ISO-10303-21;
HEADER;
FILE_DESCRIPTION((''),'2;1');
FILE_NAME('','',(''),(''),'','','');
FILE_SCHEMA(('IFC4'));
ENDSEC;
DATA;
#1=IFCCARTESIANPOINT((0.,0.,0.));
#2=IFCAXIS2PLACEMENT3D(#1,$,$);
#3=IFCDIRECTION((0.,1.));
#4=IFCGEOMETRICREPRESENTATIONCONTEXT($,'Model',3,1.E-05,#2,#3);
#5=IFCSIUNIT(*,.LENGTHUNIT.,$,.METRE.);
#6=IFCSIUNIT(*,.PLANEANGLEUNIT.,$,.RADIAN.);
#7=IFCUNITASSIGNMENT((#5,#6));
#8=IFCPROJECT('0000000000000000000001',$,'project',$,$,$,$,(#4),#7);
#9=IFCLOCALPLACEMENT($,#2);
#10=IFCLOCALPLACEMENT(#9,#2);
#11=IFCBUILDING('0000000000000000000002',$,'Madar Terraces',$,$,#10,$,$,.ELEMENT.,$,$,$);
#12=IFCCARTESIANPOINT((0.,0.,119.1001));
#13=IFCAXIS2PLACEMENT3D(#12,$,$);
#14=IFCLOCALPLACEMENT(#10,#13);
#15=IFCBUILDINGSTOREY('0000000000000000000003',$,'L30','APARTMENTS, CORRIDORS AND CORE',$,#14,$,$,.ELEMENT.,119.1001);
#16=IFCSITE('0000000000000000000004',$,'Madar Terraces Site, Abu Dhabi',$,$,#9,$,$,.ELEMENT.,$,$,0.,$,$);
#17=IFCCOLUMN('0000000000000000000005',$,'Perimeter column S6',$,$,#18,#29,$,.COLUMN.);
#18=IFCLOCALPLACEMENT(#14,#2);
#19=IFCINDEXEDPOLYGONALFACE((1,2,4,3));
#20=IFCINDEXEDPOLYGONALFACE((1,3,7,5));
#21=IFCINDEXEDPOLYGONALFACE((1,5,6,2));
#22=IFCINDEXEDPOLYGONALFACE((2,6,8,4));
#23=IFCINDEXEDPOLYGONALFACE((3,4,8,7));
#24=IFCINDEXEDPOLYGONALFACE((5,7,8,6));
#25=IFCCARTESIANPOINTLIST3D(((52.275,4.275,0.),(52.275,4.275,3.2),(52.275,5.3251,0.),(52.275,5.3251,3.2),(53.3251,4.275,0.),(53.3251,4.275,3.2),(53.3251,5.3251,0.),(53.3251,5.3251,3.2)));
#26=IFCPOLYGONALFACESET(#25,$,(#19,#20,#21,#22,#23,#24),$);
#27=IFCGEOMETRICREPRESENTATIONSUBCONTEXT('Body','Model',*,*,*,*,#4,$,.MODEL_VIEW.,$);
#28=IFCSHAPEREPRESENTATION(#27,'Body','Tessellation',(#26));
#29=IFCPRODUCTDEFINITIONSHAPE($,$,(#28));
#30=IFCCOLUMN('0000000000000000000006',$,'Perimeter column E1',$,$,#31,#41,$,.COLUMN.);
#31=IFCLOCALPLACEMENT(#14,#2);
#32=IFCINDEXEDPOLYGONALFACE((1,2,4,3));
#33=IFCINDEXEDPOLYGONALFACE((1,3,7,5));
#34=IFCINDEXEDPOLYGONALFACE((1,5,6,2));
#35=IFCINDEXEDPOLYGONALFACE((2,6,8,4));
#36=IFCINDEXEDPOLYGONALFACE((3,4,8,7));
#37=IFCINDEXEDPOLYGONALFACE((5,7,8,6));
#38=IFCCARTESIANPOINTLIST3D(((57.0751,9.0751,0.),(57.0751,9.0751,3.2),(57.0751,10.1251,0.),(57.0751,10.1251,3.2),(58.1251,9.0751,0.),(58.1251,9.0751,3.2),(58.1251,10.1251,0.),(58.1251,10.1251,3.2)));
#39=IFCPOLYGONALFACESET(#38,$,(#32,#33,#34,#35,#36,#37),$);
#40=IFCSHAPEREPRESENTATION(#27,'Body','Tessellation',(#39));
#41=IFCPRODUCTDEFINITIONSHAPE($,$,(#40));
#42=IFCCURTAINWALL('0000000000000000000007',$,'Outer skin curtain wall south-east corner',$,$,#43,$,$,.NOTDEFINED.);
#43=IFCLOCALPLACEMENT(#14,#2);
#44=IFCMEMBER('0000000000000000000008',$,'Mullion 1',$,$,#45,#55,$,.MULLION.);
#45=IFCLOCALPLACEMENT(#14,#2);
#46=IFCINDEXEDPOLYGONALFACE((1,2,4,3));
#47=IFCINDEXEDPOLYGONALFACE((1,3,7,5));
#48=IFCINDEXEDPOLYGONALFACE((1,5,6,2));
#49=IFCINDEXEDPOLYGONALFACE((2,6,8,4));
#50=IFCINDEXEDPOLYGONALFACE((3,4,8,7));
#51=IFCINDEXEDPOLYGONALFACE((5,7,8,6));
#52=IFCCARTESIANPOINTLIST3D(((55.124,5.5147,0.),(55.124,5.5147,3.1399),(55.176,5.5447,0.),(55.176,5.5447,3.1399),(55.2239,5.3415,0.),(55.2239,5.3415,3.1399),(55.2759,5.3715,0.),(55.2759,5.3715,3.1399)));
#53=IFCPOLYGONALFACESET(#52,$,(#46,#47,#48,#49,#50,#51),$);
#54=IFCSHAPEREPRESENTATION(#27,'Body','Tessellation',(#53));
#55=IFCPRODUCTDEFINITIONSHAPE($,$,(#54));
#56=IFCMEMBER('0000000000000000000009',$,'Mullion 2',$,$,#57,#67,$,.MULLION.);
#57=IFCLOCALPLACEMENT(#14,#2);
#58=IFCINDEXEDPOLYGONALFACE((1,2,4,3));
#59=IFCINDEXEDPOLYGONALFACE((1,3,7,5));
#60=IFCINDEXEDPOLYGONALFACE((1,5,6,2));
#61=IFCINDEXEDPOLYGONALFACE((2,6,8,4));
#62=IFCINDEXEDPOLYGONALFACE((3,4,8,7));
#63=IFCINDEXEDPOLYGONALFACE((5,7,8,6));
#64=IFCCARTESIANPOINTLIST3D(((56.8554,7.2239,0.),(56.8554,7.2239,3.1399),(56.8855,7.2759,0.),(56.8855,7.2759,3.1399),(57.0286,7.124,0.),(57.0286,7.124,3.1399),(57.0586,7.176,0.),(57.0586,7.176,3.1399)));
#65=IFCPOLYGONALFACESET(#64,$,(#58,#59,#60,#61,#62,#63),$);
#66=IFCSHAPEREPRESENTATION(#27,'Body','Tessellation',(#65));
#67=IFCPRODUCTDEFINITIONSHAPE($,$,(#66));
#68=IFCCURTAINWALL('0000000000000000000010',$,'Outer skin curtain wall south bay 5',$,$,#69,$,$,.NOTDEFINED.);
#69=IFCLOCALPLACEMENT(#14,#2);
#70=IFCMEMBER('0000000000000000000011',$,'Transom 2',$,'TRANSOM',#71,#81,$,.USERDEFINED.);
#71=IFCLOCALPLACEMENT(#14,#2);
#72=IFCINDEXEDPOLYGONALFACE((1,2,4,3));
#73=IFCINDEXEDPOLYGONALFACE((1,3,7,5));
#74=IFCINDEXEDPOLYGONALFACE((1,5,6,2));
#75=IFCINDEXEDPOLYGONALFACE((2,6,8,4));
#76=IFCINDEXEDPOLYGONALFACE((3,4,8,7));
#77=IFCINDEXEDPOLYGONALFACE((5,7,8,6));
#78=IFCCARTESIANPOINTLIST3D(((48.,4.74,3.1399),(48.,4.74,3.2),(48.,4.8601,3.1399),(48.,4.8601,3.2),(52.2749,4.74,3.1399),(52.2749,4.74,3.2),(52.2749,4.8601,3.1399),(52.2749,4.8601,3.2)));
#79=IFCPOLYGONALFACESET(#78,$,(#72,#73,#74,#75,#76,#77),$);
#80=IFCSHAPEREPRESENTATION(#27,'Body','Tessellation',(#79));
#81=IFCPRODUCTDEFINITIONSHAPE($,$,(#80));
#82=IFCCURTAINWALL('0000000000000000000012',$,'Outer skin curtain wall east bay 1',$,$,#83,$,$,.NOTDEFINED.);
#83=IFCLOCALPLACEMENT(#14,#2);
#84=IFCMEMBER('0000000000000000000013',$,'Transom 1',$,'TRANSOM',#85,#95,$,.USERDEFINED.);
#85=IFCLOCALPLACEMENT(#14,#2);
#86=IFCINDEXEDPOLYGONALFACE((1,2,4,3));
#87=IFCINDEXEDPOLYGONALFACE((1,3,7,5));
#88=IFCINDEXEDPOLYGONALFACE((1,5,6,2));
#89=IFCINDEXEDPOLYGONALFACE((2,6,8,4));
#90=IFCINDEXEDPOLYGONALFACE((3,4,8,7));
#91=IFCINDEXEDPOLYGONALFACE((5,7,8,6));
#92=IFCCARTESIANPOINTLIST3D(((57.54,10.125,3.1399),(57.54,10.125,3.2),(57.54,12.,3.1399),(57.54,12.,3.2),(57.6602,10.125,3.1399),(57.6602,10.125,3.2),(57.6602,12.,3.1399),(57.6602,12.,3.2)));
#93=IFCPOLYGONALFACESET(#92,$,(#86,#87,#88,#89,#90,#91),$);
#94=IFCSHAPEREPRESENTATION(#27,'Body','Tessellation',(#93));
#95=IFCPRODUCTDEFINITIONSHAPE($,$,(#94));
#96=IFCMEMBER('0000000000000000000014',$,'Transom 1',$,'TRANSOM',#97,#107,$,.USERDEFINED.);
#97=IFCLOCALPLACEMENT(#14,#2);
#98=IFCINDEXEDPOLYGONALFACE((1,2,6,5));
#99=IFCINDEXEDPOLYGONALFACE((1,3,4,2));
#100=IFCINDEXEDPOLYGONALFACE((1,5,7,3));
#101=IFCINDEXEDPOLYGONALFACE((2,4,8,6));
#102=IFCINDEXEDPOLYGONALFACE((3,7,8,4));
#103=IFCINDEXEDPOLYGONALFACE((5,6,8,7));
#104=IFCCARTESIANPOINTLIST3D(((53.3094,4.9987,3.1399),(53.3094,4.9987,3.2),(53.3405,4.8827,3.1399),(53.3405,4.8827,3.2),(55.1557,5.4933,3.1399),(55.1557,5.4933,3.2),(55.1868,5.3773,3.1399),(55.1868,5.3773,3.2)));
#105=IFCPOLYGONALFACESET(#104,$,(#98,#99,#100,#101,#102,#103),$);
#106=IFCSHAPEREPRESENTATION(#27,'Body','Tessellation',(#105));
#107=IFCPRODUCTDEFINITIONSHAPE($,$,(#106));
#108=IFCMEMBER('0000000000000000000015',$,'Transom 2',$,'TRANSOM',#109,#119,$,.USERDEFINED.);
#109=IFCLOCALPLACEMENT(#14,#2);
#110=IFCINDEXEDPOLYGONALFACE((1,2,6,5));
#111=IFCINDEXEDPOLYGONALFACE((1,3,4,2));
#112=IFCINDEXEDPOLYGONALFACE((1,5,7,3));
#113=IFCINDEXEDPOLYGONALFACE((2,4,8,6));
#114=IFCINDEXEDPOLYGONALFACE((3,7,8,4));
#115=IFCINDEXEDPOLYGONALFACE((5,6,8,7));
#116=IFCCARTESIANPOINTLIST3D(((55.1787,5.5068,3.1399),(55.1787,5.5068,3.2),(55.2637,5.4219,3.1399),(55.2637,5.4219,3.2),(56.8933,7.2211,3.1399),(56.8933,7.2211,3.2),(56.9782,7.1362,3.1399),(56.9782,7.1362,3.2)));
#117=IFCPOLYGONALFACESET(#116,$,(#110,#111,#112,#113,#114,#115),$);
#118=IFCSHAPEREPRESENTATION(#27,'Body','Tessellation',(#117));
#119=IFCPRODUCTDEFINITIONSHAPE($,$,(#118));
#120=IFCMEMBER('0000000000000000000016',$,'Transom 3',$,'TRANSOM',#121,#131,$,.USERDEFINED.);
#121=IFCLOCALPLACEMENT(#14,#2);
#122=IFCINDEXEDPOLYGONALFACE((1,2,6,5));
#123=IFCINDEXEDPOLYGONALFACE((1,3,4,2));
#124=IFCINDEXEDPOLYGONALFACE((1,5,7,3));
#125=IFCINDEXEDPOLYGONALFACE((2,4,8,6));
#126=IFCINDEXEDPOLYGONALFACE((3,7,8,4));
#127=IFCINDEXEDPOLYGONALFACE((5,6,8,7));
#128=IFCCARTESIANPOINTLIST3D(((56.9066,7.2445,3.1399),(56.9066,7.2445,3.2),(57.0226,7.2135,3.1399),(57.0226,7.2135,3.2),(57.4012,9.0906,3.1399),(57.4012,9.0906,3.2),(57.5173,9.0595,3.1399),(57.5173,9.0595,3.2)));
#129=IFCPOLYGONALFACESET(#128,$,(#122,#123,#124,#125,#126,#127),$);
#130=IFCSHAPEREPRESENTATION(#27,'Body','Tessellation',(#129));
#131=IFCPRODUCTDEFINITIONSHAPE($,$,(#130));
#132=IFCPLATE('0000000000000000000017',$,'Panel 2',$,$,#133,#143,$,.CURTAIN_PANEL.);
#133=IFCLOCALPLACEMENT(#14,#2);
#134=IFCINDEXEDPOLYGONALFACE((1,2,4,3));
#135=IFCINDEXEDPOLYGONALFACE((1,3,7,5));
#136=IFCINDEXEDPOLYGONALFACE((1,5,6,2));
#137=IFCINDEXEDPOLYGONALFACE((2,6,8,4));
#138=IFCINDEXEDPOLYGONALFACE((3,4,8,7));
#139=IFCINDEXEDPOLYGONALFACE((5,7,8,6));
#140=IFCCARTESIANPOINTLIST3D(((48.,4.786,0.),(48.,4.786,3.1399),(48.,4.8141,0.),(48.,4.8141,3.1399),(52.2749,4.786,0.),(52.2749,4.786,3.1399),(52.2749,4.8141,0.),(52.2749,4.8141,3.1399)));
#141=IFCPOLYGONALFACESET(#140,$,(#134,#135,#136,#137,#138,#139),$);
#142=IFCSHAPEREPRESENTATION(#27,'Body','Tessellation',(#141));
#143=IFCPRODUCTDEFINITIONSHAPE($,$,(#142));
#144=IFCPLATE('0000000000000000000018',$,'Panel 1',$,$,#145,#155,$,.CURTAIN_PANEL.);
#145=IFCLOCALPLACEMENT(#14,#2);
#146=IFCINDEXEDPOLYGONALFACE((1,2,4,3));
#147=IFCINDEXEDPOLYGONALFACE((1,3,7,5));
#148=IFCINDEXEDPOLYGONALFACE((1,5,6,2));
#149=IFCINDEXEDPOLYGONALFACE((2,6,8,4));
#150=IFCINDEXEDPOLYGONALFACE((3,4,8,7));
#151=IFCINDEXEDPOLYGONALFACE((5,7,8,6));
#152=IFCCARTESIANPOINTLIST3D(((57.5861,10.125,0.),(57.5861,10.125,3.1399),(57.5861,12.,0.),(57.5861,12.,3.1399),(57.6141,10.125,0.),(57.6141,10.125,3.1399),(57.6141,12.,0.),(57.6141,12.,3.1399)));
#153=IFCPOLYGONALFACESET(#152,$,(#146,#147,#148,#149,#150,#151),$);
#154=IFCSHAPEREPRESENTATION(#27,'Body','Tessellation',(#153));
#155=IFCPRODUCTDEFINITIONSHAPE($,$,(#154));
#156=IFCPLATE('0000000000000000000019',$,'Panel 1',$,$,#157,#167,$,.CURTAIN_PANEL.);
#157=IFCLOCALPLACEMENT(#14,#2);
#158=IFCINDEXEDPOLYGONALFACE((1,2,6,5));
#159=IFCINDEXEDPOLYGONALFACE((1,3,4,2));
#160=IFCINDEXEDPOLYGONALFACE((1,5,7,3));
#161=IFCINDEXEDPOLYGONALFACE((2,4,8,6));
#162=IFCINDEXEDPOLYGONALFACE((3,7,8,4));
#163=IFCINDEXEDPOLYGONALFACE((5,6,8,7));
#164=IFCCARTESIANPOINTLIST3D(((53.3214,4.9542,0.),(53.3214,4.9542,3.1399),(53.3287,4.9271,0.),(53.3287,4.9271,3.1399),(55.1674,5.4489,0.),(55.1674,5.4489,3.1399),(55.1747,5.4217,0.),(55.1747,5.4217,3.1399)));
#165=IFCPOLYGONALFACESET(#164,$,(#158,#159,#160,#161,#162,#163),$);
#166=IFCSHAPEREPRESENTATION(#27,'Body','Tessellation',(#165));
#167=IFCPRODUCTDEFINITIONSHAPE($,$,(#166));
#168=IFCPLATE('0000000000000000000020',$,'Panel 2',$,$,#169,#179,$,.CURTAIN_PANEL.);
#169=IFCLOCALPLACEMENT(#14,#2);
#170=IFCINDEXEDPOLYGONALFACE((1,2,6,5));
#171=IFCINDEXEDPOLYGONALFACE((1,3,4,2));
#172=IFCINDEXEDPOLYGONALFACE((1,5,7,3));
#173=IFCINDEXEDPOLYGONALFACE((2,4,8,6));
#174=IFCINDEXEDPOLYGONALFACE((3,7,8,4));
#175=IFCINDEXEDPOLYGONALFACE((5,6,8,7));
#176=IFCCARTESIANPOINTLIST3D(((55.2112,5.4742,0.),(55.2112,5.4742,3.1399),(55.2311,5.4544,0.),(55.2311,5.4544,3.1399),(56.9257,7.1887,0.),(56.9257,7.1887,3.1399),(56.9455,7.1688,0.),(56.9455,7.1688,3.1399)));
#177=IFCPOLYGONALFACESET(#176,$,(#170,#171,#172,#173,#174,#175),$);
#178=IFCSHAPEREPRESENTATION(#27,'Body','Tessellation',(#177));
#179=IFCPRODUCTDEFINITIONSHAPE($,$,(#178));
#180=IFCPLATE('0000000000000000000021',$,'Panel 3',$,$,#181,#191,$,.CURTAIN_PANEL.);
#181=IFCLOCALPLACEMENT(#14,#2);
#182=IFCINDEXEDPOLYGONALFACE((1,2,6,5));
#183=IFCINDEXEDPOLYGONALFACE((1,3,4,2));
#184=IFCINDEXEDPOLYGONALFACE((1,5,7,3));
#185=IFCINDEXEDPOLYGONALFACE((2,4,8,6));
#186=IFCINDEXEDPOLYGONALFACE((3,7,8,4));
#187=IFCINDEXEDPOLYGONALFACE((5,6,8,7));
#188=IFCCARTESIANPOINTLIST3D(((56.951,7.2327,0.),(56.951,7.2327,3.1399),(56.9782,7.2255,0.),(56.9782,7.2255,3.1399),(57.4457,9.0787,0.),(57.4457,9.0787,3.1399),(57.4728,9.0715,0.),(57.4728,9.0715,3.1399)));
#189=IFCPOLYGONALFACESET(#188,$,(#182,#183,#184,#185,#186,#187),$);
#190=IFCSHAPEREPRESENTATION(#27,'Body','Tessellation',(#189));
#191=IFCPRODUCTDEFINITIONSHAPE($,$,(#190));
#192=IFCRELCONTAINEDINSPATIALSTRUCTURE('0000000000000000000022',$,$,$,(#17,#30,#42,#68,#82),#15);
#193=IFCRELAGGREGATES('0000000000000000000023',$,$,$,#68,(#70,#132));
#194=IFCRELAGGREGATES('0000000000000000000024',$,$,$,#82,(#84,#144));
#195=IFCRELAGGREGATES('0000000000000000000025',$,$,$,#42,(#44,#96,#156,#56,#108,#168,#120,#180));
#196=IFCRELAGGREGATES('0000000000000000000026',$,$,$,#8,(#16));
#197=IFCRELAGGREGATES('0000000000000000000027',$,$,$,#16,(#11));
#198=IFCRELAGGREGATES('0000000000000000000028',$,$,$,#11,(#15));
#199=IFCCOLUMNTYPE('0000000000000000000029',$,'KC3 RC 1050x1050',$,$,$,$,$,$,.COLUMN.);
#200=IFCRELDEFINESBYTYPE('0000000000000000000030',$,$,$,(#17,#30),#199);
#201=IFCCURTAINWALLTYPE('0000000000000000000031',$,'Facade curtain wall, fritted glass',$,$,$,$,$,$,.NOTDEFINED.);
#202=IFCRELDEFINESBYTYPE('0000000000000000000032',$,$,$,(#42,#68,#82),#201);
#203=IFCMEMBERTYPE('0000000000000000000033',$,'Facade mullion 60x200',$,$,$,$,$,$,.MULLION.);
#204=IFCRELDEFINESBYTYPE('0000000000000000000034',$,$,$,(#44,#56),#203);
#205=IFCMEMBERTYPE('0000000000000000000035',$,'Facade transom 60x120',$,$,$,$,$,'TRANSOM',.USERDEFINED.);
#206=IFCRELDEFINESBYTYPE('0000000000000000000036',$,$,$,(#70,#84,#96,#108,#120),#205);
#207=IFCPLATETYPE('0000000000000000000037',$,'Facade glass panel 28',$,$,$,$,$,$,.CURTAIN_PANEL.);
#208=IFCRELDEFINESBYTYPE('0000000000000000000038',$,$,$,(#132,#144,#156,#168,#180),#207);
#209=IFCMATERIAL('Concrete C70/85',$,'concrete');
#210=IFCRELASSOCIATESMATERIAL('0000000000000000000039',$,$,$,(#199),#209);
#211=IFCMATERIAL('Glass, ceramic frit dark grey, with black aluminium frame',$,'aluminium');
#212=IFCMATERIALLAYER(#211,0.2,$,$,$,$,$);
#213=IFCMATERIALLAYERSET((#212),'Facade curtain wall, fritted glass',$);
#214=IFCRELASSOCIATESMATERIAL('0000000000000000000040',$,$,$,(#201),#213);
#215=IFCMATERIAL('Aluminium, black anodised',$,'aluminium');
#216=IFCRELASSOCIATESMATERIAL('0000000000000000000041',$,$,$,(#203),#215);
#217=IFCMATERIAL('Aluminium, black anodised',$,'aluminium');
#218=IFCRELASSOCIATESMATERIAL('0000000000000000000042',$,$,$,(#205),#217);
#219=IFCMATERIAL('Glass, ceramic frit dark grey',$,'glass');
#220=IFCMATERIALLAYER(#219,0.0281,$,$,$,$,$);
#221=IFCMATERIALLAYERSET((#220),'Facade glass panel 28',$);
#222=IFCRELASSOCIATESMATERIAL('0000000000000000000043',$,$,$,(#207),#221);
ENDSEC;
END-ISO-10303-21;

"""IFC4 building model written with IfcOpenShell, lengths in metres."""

from ifc_helpers import new_model, si_unit, direction, frame, origin, origin_2d, place, context, subcontext, project, spatial, rectangle, extrude, material, layer, layer_set, material_profile, profile_set, type_object, element, aggregate, save


model = new_model("IFC4")

# Units and contexts
model_context = context("Model", 3, precision=1e-05, world=origin(), true_north=direction((0.0, 1.0)))
body_context = subcontext(model_context, "Body", "Model", "MODEL_VIEW")
ifc_project = project(units=[si_unit("LENGTHUNIT", "METRE"), si_unit("PLANEANGLEUNIT", "RADIAN")], contexts=[model_context])

# Site, building, storey
site_placement = place(None, origin())
site = spatial("IfcSite", under=ifc_project, at=site_placement, Name="Madar Terraces Site, Abu Dhabi", CompositionType="ELEMENT", RefElevation=0.0)
building_placement = place(site_placement, origin())
building = spatial("IfcBuilding", under=site, at=building_placement, Name="Madar Terraces", CompositionType="ELEMENT")
storey_placement = place(building_placement, frame((0.0, 0.0, 119.1001)))
storey = spatial("IfcBuildingStorey", under=building, at=storey_placement, Name="L30", Description="APARTMENTS, CORRIDORS AND CORE", CompositionType="ELEMENT", Elevation=119.1001)

# Columns
ifc_material_1 = material(Name="Concrete C70/85", Category="concrete")
ifc_material_profile_1 = material_profile(ifc_material_1, rectangle(XDim=1.05, YDim=1.05, at=origin_2d()), Name="KC3 RC 1050x1050")
ifc_profile_set_1 = profile_set([ifc_material_profile_1], Name="Concrete C70/85")
column_type = type_object("IfcColumnType", Name="KC3 RC 1050x1050", PredefinedType="COLUMN", material=ifc_profile_set_1)
for number, where, z_axis, x_axis, name in (
    (1, (52.8, 4.8, 0.0), (0.0, 0.0, 1.0), (1.0, 0.0, 0.0), "Perimeter column S6"),
    (2, (57.6001, 9.6001, 0.0), (0.0, 0.0, 1.0), (1.0, 0.0, 0.0), "Perimeter column E1"),
):
    element("IfcColumn", number, at=place(storey_placement, frame(where, z_axis=z_axis, x_axis=x_axis)), inside=storey, type_object=column_type, Name=name, PredefinedType="COLUMN", context=body_context, shape_type="SweptSolid", body=[
        extrude(rectangle(XDim=1.05, YDim=1.05, at=origin_2d()), origin(), (0.0, 0.0, 1.0), 3.2),
    ])

# Curtain wall, members
ifc_material_2 = material(Name="Glass, ceramic frit dark grey, with black aluminium frame", Category="aluminium")
ifc_layer_1 = layer(ifc_material_2, 0.2)
ifc_layer_set_1 = layer_set([ifc_layer_1], Name="Facade curtain wall, fritted glass")
curtain_wall_type = type_object("IfcCurtainWallType", Name="Facade curtain wall, fritted glass", PredefinedType="NOTDEFINED", material=ifc_layer_set_1)
curtain_wall_1_placement = place(storey_placement, origin())
curtain_wall_1 = element("IfcCurtainWall", 3, at=curtain_wall_1_placement, inside=storey, type_object=curtain_wall_type, Name="Outer skin curtain wall south-east corner", PredefinedType="NOTDEFINED")
ifc_material_3 = material(Name="Aluminium, black anodised", Category="aluminium")
ifc_material_profile_2 = material_profile(ifc_material_3, rectangle(XDim=0.2, YDim=0.0601, at=origin_2d()), Name="Facade mullion 60x200")
ifc_profile_set_2 = profile_set([ifc_material_profile_2], Name="Aluminium, black anodised")
member_type_1 = type_object("IfcMemberType", Name="Facade mullion 60x200", PredefinedType="MULLION", material=ifc_profile_set_2)
member_1_placement = place(storey_placement, frame((55.2, 5.4431, 0.0), z_axis=(0.0, 0.0, 1.0), x_axis=(-0.5, 0.866025, 0.0)))
member_1 = element("IfcMember", 4, at=member_1_placement, type_object=member_type_1, Name="Mullion 1", PredefinedType="MULLION", context=body_context, shape_type="SweptSolid", body=[
    extrude(rectangle(XDim=0.2, YDim=0.0601, at=origin_2d()), origin(), (0.0, 0.0, 1.0), 3.1399),
])
member_2_placement = place(storey_placement, frame((56.957, 7.2, 0.0), z_axis=(0.0, 0.0, 1.0), x_axis=(-0.866025, 0.5, 0.0)))
member_2 = element("IfcMember", 5, at=member_2_placement, type_object=member_type_1, Name="Mullion 2", PredefinedType="MULLION", context=body_context, shape_type="SweptSolid", body=[
    extrude(rectangle(XDim=0.2, YDim=0.0601, at=origin_2d()), origin(), (0.0, 0.0, 1.0), 3.1399),
])

# Curtain walls, members
curtain_wall_2_placement = place(storey_placement, origin())
curtain_wall_2 = element("IfcCurtainWall", 6, at=curtain_wall_2_placement, inside=storey, type_object=curtain_wall_type, Name="Outer skin curtain wall south bay 5", PredefinedType="NOTDEFINED")
ifc_material_4 = material(Name="Aluminium, black anodised", Category="aluminium")
ifc_material_profile_3 = material_profile(ifc_material_4, rectangle(XDim=0.1201, YDim=0.0601, at=origin_2d()), Name="Facade transom 60x120")
ifc_profile_set_3 = profile_set([ifc_material_profile_3], Name="Aluminium, black anodised")
member_type_2 = type_object("IfcMemberType", Name="Facade transom 60x120", ElementType="TRANSOM", PredefinedType="USERDEFINED", material=ifc_profile_set_3)
member_3_placement = place(storey_placement, frame((48.0, 4.8, 3.1699), z_axis=(1.0, 0.0, 0.0), x_axis=(0.0, 1.0, 0.0)))
member_3 = element("IfcMember", 7, at=member_3_placement, type_object=member_type_2, Name="Transom 2", ObjectType="TRANSOM", PredefinedType="USERDEFINED", context=body_context, shape_type="SweptSolid", body=[
    extrude(rectangle(XDim=0.1201, YDim=0.0601, at=origin_2d()), origin(), (0.0, 0.0, 1.0), 4.2749),
])
curtain_wall_3_placement = place(storey_placement, origin())
curtain_wall_3 = element("IfcCurtainWall", 8, at=curtain_wall_3_placement, inside=storey, type_object=curtain_wall_type, Name="Outer skin curtain wall east bay 1", PredefinedType="NOTDEFINED")
member_4_placement = place(storey_placement, frame((57.6001, 10.125, 3.1699), z_axis=(0.0, 1.0, 0.0), x_axis=(-1.0, 0.0, 0.0)))
member_4 = element("IfcMember", 9, at=member_4_placement, type_object=member_type_2, Name="Transom 1", ObjectType="TRANSOM", PredefinedType="USERDEFINED", context=body_context, shape_type="SweptSolid", body=[
    extrude(rectangle(XDim=0.1201, YDim=0.0601, at=origin_2d()), origin(), (0.0, 0.0, 1.0), 1.875),
])

# Members
member_5_placement = place(storey_placement, frame((53.325, 4.9407, 3.1699), z_axis=(0.965933, 0.258791, 0.0), x_axis=(-0.258791, 0.965933, 0.0)))
member_5 = element("IfcMember", 10, at=member_5_placement, type_object=member_type_2, Name="Transom 1", ObjectType="TRANSOM", PredefinedType="USERDEFINED", context=body_context, shape_type="SweptSolid", body=[
    extrude(rectangle(XDim=0.1201, YDim=0.0601, at=origin_2d()), origin(), (0.0, 0.0, 1.0), 1.9114),
])
member_6_placement = place(storey_placement, frame((55.2212, 5.4644, 3.1699), z_axis=(0.707157, 0.707056, 0.0), x_axis=(-0.707056, 0.707157, 0.0)))
member_6 = element("IfcMember", 11, at=member_6_placement, type_object=member_type_2, Name="Transom 2", ObjectType="TRANSOM", PredefinedType="USERDEFINED", context=body_context, shape_type="SweptSolid", body=[
    extrude(rectangle(XDim=0.1201, YDim=0.0601, at=origin_2d()), origin(), (0.0, 0.0, 1.0), 2.4246),
])
member_7_placement = place(storey_placement, frame((56.9646, 7.229, 3.1699), z_axis=(0.258823, 0.965925, 0.0), x_axis=(-0.965925, 0.258823, 0.0)))
member_7 = element("IfcMember", 12, at=member_7_placement, type_object=member_type_2, Name="Transom 3", ObjectType="TRANSOM", PredefinedType="USERDEFINED", context=body_context, shape_type="SweptSolid", body=[
    extrude(rectangle(XDim=0.1201, YDim=0.0601, at=origin_2d()), origin(), (0.0, 0.0, 1.0), 1.9111),
])

# Plates
ifc_material_5 = material(Name="Glass, ceramic frit dark grey", Category="glass")
ifc_layer_2 = layer(ifc_material_5, 0.0281)
ifc_layer_set_2 = layer_set([ifc_layer_2], Name="Facade glass panel 28")
plate_type = type_object("IfcPlateType", Name="Facade glass panel 28", PredefinedType="CURTAIN_PANEL", material=ifc_layer_set_2)
plate_1_placement = place(storey_placement, frame((50.1375, 4.8, 0.0), z_axis=(0.0, 0.0, 1.0), x_axis=(1.0, 0.0, 0.0)))
plate_1 = element("IfcPlate", 13, at=plate_1_placement, type_object=plate_type, Name="Panel 2", PredefinedType="CURTAIN_PANEL", context=body_context, shape_type="SweptSolid", body=[
    extrude(rectangle(XDim=4.2749, YDim=0.0281, at=origin_2d()), origin(), (0.0, 0.0, 1.0), 3.1399),
])
aggregate(curtain_wall_2, [member_3, plate_1])
plate_2_placement = place(storey_placement, frame((57.6001, 11.0625, 0.0), z_axis=(0.0, 0.0, 1.0), x_axis=(0.0, 1.0, 0.0)))
plate_2 = element("IfcPlate", 14, at=plate_2_placement, type_object=plate_type, Name="Panel 1", PredefinedType="CURTAIN_PANEL", context=body_context, shape_type="SweptSolid", body=[
    extrude(rectangle(XDim=1.875, YDim=0.0281, at=origin_2d()), origin(), (0.0, 0.0, 1.0), 3.1399),
])
aggregate(curtain_wall_3, [member_4, plate_2])
plate_3_placement = place(storey_placement, frame((54.248, 5.188, 0.0), z_axis=(0.0, 0.0, 1.0), x_axis=(0.965926, 0.258819, 0.0)))
plate_3 = element("IfcPlate", 15, at=plate_3_placement, type_object=plate_type, Name="Panel 1", PredefinedType="CURTAIN_PANEL", context=body_context, shape_type="SweptSolid", body=[
    extrude(rectangle(XDim=1.9111, YDim=0.0281, at=origin_2d()), origin(), (0.0, 0.0, 1.0), 3.1399),
])
plate_4_placement = place(storey_placement, frame((56.0784, 6.3215, 0.0), z_axis=(0.0, 0.0, 1.0), x_axis=(0.707107, 0.707107, 0.0)))
plate_4 = element("IfcPlate", 16, at=plate_4_placement, type_object=plate_type, Name="Panel 2", PredefinedType="CURTAIN_PANEL", context=body_context, shape_type="SweptSolid", body=[
    extrude(rectangle(XDim=2.4246, YDim=0.0281, at=origin_2d()), origin(), (0.0, 0.0, 1.0), 3.1399),
])
plate_5_placement = place(storey_placement, frame((57.2119, 8.1521, 0.0), z_axis=(0.0, 0.0, 1.0), x_axis=(0.258819, 0.965926, 0.0)))
plate_5 = element("IfcPlate", 17, at=plate_5_placement, type_object=plate_type, Name="Panel 3", PredefinedType="CURTAIN_PANEL", context=body_context, shape_type="SweptSolid", body=[
    extrude(rectangle(XDim=1.9111, YDim=0.0281, at=origin_2d()), origin(), (0.0, 0.0, 1.0), 3.1399),
])
aggregate(curtain_wall_1, [member_1, member_5, plate_3, member_2, member_6, plate_4, member_7, plate_5])

save(model, "model.ifc")
